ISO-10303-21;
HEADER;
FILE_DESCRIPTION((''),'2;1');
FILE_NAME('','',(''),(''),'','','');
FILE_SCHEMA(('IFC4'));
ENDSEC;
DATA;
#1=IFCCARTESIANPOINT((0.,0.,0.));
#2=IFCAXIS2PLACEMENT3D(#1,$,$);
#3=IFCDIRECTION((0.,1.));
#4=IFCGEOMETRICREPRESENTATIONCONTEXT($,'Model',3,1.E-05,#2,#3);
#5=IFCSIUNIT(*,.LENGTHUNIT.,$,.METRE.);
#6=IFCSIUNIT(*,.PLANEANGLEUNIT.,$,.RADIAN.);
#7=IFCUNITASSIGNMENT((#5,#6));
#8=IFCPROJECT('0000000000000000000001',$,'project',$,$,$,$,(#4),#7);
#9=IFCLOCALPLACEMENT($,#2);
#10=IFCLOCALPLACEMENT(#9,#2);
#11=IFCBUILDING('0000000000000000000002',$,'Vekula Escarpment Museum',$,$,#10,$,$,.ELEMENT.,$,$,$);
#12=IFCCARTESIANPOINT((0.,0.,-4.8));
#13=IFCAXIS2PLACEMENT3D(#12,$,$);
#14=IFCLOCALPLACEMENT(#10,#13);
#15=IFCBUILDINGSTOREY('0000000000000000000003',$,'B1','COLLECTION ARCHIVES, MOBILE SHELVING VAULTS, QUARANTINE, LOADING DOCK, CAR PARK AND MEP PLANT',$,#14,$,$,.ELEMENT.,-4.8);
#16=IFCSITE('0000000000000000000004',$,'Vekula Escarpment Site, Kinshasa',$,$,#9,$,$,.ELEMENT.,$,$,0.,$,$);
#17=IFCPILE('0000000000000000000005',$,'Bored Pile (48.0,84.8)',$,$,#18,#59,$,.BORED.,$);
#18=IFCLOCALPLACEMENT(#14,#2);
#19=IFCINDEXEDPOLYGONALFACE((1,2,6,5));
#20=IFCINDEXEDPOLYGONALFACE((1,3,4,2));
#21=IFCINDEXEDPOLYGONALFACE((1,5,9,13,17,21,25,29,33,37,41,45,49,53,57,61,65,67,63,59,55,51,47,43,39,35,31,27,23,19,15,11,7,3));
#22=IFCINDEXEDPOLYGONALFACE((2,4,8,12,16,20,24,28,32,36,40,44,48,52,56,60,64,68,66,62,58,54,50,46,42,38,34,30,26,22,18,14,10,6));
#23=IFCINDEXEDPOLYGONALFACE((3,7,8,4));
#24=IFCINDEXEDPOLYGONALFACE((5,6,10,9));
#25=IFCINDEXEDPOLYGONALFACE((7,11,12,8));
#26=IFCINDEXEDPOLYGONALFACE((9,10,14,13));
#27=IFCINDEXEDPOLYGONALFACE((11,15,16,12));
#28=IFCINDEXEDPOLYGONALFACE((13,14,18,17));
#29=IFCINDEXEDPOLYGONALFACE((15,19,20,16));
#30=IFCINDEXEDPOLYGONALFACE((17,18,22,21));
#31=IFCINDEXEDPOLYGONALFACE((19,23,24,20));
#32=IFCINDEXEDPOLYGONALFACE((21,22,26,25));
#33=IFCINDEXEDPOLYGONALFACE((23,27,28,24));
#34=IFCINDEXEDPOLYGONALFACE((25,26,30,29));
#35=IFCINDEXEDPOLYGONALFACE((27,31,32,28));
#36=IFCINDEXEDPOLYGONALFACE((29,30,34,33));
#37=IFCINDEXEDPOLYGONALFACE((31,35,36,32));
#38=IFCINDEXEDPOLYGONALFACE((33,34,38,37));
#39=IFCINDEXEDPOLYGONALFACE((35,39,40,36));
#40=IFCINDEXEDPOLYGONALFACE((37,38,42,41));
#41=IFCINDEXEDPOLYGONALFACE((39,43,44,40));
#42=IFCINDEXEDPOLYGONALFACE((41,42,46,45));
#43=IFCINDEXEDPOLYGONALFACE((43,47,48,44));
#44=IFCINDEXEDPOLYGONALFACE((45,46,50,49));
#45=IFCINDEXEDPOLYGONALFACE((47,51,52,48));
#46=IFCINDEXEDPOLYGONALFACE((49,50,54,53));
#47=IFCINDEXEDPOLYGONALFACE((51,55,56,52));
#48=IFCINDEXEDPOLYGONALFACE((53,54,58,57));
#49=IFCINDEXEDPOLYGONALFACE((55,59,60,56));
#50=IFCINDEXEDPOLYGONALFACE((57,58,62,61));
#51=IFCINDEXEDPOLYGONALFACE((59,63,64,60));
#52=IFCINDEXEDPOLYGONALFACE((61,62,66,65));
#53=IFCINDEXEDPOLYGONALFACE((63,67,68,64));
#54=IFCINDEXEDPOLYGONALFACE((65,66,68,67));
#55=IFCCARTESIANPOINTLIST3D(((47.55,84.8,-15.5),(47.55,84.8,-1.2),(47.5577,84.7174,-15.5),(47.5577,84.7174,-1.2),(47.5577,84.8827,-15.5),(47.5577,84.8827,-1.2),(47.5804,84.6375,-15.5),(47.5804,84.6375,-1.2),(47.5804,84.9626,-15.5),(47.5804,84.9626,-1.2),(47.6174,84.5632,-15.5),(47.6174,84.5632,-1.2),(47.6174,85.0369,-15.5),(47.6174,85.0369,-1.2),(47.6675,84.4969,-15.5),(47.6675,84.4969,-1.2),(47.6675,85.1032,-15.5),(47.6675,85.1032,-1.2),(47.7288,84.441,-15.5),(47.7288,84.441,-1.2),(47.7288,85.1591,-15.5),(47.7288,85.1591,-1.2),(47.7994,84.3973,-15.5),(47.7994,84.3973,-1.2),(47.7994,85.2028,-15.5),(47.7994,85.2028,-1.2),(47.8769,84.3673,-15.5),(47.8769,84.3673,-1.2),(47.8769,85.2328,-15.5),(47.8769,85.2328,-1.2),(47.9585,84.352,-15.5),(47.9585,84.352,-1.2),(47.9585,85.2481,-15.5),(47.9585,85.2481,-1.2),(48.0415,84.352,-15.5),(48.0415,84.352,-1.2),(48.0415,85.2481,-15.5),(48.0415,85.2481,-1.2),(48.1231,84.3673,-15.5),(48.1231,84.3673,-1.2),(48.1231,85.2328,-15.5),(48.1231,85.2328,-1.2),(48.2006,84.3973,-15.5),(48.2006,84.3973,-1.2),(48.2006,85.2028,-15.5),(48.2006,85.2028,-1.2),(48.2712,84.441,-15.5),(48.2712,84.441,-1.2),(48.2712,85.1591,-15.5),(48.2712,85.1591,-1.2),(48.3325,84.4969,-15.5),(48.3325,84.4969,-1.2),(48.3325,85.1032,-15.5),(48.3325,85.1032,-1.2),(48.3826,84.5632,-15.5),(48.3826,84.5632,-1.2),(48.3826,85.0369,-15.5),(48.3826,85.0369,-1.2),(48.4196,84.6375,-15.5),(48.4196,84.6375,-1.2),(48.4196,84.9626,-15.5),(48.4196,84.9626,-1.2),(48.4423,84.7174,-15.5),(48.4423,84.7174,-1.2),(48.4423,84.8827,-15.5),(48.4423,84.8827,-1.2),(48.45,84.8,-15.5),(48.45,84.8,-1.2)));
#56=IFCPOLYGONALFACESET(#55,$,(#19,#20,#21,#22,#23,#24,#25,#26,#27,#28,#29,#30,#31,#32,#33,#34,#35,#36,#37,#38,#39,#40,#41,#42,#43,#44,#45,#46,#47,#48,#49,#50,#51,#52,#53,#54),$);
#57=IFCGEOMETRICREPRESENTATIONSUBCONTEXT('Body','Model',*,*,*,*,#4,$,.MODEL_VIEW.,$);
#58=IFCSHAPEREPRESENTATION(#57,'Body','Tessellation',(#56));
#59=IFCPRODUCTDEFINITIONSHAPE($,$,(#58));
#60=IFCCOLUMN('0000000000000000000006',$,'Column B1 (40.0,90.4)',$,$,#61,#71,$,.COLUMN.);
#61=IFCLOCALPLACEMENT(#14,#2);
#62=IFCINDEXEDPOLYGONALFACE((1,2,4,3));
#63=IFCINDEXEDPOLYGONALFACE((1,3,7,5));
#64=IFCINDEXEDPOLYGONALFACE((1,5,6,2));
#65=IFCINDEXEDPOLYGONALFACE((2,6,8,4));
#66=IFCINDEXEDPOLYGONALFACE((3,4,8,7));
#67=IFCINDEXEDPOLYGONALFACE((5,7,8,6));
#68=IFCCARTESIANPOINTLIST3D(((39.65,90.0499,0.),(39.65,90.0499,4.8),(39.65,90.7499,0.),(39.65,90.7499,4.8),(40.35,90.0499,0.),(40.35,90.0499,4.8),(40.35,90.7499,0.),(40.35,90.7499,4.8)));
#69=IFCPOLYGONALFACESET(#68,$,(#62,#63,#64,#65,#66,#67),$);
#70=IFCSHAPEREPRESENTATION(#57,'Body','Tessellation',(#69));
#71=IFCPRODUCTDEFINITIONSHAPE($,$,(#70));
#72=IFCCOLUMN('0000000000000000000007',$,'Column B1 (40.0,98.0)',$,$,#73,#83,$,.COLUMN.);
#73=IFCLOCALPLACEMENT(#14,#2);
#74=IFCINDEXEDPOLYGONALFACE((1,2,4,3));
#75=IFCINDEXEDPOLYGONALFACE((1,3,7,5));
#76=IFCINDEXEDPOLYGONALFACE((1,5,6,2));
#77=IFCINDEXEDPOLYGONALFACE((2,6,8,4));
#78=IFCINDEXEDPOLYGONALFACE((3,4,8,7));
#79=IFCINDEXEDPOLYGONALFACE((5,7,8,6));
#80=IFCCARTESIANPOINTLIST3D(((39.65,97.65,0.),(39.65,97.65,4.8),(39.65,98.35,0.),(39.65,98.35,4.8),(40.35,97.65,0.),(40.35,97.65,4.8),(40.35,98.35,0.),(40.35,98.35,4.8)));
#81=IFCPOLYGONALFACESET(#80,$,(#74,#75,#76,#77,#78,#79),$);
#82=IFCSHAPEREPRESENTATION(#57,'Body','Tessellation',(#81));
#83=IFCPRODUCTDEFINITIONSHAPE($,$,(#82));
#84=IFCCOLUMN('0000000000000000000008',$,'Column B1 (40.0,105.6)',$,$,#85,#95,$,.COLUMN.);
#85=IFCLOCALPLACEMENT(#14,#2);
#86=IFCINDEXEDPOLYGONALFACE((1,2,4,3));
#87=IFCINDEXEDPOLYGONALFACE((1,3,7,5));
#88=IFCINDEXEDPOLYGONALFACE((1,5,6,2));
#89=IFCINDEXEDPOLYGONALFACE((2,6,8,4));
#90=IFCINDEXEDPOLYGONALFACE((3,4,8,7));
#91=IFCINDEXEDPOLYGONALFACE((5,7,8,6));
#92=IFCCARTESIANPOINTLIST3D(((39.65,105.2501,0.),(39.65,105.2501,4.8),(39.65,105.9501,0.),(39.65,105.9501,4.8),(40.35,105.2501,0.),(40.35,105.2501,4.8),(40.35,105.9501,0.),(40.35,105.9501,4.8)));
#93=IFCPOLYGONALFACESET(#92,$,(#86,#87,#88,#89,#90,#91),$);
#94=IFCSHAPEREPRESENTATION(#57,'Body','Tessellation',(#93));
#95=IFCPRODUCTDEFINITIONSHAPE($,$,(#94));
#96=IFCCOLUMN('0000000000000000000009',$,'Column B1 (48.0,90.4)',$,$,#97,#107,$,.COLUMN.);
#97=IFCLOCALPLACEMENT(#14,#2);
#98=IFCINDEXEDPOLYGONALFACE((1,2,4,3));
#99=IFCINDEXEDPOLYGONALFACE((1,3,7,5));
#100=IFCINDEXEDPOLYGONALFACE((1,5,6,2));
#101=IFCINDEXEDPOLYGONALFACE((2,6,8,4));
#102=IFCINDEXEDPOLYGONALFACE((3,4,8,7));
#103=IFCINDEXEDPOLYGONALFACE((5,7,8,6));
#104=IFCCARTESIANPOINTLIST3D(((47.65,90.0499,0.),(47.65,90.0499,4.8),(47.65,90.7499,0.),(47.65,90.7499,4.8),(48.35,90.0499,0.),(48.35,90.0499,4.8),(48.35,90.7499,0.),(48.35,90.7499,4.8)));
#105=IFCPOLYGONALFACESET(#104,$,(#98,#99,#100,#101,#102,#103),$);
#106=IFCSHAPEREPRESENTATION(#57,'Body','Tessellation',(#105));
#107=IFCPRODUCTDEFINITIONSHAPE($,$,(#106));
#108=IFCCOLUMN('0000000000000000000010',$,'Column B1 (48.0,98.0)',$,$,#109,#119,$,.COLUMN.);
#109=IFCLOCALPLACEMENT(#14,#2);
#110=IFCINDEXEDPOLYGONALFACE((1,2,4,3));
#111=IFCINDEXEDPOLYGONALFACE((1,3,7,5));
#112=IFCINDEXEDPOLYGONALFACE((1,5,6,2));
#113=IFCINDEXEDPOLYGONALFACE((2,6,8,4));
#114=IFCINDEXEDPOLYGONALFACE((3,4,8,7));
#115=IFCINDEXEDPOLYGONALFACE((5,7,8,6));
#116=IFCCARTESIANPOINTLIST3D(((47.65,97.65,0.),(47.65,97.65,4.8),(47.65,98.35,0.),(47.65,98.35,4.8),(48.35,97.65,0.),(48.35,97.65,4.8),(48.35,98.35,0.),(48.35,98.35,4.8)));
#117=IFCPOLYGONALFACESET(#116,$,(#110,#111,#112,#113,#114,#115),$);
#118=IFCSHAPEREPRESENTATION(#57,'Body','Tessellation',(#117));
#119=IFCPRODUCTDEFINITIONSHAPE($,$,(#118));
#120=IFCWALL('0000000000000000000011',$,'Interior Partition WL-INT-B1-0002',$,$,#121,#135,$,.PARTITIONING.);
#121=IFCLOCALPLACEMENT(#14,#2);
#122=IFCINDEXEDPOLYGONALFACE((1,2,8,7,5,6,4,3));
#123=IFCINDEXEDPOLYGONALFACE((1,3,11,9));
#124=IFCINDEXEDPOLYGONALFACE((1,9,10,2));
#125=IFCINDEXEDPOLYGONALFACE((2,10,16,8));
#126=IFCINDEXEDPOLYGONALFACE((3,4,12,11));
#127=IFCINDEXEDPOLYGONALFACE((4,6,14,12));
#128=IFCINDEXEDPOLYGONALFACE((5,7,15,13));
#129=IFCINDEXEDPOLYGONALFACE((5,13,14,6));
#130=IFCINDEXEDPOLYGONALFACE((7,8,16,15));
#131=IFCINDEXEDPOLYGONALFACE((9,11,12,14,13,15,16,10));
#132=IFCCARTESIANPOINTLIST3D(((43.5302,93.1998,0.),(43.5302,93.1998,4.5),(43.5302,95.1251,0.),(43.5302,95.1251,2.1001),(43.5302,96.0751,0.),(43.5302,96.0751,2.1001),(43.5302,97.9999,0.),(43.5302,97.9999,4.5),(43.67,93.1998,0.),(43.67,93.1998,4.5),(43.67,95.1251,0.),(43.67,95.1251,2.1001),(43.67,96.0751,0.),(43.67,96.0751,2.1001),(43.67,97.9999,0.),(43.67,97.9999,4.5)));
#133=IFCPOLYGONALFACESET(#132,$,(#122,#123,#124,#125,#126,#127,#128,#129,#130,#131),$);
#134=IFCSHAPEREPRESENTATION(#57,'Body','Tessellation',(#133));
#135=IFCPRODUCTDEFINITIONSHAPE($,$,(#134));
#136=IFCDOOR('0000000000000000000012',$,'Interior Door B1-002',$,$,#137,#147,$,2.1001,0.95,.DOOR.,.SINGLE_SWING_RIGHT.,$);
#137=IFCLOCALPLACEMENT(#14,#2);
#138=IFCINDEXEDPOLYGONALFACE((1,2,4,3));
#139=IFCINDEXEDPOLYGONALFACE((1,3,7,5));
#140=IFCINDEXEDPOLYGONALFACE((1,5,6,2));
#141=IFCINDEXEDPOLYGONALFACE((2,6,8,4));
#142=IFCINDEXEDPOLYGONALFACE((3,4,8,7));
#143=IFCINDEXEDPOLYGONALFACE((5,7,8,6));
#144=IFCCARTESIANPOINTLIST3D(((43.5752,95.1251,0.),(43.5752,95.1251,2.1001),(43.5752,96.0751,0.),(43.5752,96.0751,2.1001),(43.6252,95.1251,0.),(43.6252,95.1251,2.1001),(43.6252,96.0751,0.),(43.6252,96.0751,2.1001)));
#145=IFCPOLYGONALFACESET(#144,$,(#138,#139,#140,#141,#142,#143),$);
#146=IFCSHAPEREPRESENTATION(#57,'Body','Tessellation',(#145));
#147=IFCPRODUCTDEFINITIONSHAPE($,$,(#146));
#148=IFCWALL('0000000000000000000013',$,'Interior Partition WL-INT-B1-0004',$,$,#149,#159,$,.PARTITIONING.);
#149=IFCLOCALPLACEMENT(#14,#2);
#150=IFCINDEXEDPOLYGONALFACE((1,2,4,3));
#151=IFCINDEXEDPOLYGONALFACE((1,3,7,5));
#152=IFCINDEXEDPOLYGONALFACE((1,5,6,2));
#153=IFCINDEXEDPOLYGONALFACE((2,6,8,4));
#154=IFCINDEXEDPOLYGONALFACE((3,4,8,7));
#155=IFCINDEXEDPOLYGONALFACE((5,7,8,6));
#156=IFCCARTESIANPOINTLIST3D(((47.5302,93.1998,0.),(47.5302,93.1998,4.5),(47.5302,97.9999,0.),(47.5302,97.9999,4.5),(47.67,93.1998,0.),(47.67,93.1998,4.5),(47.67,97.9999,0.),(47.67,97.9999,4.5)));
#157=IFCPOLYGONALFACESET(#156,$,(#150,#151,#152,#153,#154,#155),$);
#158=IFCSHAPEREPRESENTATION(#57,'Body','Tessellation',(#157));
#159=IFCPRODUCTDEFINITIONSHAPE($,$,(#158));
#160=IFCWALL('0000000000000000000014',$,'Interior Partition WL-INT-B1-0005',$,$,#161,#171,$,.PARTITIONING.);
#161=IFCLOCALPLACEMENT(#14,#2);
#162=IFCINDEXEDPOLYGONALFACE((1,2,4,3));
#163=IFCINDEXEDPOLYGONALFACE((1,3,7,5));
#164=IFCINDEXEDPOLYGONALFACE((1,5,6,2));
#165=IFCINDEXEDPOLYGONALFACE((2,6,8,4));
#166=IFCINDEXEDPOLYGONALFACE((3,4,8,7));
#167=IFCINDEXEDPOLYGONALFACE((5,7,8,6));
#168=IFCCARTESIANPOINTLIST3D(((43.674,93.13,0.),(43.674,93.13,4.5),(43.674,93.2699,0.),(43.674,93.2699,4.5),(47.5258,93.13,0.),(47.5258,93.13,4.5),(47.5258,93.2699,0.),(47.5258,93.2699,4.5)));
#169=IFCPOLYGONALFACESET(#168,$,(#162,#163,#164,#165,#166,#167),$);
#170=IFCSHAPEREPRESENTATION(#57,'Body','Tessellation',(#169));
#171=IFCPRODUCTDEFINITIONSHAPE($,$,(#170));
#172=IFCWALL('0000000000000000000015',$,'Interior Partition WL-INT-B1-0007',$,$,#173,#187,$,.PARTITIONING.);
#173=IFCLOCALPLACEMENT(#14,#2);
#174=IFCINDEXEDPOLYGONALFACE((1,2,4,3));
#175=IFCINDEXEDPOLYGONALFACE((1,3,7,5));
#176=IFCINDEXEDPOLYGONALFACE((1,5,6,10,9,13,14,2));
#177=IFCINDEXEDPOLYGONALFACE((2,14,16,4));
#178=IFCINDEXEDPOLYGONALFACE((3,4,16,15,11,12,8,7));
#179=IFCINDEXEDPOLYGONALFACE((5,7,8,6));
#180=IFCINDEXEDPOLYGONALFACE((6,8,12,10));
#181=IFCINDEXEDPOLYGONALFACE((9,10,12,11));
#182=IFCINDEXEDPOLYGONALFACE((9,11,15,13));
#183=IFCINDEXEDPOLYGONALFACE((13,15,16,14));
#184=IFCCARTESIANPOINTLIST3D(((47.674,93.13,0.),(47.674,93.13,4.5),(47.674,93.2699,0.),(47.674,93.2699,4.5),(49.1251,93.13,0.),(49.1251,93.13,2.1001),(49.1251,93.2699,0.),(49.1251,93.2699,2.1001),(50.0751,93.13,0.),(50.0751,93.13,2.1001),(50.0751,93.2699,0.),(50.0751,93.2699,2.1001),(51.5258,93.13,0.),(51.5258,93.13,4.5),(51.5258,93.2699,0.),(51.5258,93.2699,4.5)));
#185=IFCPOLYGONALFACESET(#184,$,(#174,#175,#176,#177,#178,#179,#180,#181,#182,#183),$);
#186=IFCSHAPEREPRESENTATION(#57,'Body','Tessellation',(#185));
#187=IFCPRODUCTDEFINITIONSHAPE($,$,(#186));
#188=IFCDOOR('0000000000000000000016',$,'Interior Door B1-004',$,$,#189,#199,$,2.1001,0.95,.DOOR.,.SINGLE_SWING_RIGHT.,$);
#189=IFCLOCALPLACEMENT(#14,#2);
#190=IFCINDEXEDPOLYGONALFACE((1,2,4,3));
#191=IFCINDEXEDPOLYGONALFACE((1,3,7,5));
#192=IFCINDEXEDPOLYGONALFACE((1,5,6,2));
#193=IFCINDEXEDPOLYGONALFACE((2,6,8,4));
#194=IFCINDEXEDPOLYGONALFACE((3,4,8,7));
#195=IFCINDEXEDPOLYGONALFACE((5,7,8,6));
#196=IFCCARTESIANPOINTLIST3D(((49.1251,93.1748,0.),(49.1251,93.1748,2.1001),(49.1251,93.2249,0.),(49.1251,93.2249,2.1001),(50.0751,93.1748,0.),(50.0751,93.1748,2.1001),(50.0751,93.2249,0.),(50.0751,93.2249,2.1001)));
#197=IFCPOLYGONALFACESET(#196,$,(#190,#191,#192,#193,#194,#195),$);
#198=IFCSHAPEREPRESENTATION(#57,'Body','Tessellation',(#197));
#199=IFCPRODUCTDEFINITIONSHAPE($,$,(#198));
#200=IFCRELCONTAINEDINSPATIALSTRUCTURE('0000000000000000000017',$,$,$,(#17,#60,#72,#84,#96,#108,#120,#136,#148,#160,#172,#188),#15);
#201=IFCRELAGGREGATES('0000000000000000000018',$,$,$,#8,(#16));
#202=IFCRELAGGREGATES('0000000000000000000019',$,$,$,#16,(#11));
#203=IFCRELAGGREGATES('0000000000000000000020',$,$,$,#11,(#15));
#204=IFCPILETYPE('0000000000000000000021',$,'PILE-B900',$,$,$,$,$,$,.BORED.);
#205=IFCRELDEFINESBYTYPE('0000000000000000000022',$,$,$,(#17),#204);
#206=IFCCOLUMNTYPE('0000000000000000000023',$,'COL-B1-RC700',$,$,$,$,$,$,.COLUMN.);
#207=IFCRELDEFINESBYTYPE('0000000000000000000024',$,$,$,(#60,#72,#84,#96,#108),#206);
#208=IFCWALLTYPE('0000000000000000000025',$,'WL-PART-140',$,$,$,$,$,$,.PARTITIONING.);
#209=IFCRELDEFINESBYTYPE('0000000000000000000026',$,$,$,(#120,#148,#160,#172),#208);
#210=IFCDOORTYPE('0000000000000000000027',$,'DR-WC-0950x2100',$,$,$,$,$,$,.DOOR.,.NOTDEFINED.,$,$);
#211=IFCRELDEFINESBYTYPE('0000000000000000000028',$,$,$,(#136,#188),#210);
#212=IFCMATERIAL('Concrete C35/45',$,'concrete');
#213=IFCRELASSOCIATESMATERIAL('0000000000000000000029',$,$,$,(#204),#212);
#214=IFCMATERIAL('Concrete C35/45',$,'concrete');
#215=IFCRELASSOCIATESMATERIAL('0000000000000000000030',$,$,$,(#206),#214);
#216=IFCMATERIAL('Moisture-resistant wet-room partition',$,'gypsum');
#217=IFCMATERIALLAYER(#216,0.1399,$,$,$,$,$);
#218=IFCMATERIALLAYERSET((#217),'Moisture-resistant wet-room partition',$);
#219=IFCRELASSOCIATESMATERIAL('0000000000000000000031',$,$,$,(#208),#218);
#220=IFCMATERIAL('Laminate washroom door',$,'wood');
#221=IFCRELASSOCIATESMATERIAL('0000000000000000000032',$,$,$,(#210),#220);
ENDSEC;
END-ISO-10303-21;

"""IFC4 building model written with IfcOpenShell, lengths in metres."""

from ifc_helpers import new_model, si_unit, direction, frame, frame_2d, origin, origin_2d, place, context, subcontext, project, spatial, rectangle, circle, extrude, material, layer, layer_set, material_profile, profile_set, type_object, element, fill, save


model = new_model("IFC4")

# Units and contexts
model_context = context("Model", 3, precision=1e-05, world=origin(), true_north=direction((0.0, 1.0)))
body_context = subcontext(model_context, "Body", "Model", "MODEL_VIEW")
ifc_project = project(units=[si_unit("LENGTHUNIT", "METRE"), si_unit("PLANEANGLEUNIT", "RADIAN")], contexts=[model_context])

# Site, building, storey
site_placement = place(None, origin())
site = spatial("IfcSite", under=ifc_project, at=site_placement, Name="Vekula Escarpment Site, Kinshasa", CompositionType="ELEMENT", RefElevation=0.0)
building_placement = place(site_placement, origin())
building = spatial("IfcBuilding", under=site, at=building_placement, Name="Vekula Escarpment Museum", CompositionType="ELEMENT")
storey_placement = place(building_placement, frame((0.0, 0.0, -4.8)))
storey = spatial("IfcBuildingStorey", under=building, at=storey_placement, Name="B1", Description="COLLECTION ARCHIVES, MOBILE SHELVING VAULTS, QUARANTINE, LOADING DOCK, CAR PARK AND MEP PLANT", CompositionType="ELEMENT", Elevation=-4.8)

# Pile
ifc_material_1 = material(Name="Concrete C35/45", Category="concrete")
ifc_material_profile_1 = material_profile(ifc_material_1, circle(Radius=0.45, at=origin_2d()), Name="BORED PILE 900")
ifc_profile_set_1 = profile_set([ifc_material_profile_1], Name="Concrete C35/45")
pile_type = type_object("IfcPileType", Name="PILE-B900", PredefinedType="BORED", material=ifc_profile_set_1)
pile_1_placement = place(storey_placement, frame((48.0, 84.8, -1.2), z_axis=(0.0, 0.0, -1.0), x_axis=(1.0, 0.0, 0.0)))
element("IfcPile", 1, at=pile_1_placement, inside=storey, type_object=pile_type, Name="Bored Pile (48.0,84.8)", PredefinedType="BORED", context=body_context, shape_type="SweptSolid", body=[
    extrude(circle(Radius=0.45, at=origin_2d()), origin(), (0.0, 0.0, 1.0), 14.3),
])

# Columns
ifc_material_2 = material(Name="Concrete C35/45", Category="concrete")
ifc_material_profile_2 = material_profile(ifc_material_2, rectangle(XDim=0.7, YDim=0.7, at=origin_2d()), Name="RC 700x700")
ifc_profile_set_2 = profile_set([ifc_material_profile_2], Name="Concrete C35/45")
column_type = type_object("IfcColumnType", Name="COL-B1-RC700", PredefinedType="COLUMN", material=ifc_profile_set_2)
for number, where, z_axis, x_axis, name in (
    (2, (40.0, 90.3999, 0.0), (0.0, 0.0, 1.0), (1.0, 0.0, 0.0), "Column B1 (40.0,90.4)"),
    (3, (40.0, 98.0, 0.0), (0.0, 0.0, 1.0), (1.0, 0.0, 0.0), "Column B1 (40.0,98.0)"),
    (4, (40.0, 105.6001, 0.0), (0.0, 0.0, 1.0), (1.0, 0.0, 0.0), "Column B1 (40.0,105.6)"),
    (5, (48.0, 90.3999, 0.0), (0.0, 0.0, 1.0), (1.0, 0.0, 0.0), "Column B1 (48.0,90.4)"),
    (6, (48.0, 98.0, 0.0), (0.0, 0.0, 1.0), (1.0, 0.0, 0.0), "Column B1 (48.0,98.0)"),
):
    element("IfcColumn", number, at=place(storey_placement, frame(where, z_axis=z_axis, x_axis=x_axis)), inside=storey, type_object=column_type, Name=name, PredefinedType="COLUMN", context=body_context, shape_type="SweptSolid", body=[
        extrude(rectangle(XDim=0.7, YDim=0.7, at=origin_2d()), origin(), (0.0, 0.0, 1.0), 4.8),
    ])

# Wall, opening, door
ifc_material_3 = material(Name="Moisture-resistant wet-room partition", Category="gypsum")
ifc_layer_1 = layer(ifc_material_3, 0.1399)
ifc_layer_set_1 = layer_set([ifc_layer_1], Name="Moisture-resistant wet-room partition")
wall_type_1 = type_object("IfcWallType", Name="WL-PART-140", PredefinedType="PARTITIONING", material=ifc_layer_set_1)
wall_1_placement = place(storey_placement, frame((43.6001, 93.2, 0.0), z_axis=(0.0, 0.0, 1.0), x_axis=(0.0, 1.0, 0.0)))
wall_1 = element("IfcWall", 7, at=wall_1_placement, inside=storey, type_object=wall_type_1, Name="Interior Partition WL-INT-B1-0002", PredefinedType="PARTITIONING", context=body_context, shape_type="SweptSolid", body=[
    extrude(rectangle(XDim=4.8, YDim=0.1399, at=frame_2d((2.3999, 0.0))), origin(), (0.0, 0.0, 1.0), 4.5),
])
opening_1_placement = place(wall_1_placement, frame((1.925, 0.0, 0.0)))
opening_1 = element("IfcOpeningElement", 8, at=opening_1_placement, cuts=wall_1, PredefinedType="OPENING", context=body_context, shape_type="SweptSolid", body=[
    extrude(rectangle(XDim=0.95, YDim=2.1001, at=frame_2d((0.4751, 1.05))), frame((0.0, 0.0798, 0.0), z_axis=(0.0, -1.0, 0.0), x_axis=(1.0, 0.0, 0.0)), (0.0, 0.0, 1.0), 0.1599),
])
ifc_material_4 = material(Name="Laminate washroom door", Category="wood")
door_type = type_object("IfcDoorType", Name="DR-WC-0950x2100", OperationType="NOTDEFINED", PredefinedType="DOOR", material=ifc_material_4)
door_1_placement = place(opening_1_placement, origin())
door_1 = element("IfcDoor", 9, at=door_1_placement, inside=storey, type_object=door_type, Name="Interior Door B1-002", OperationType="SINGLE_SWING_RIGHT", OverallHeight=2.1001, OverallWidth=0.95, PredefinedType="DOOR", context=body_context, shape_type="SweptSolid", body=[
    extrude(rectangle(XDim=0.95, YDim=2.1001, at=frame_2d((0.4751, 1.05))), frame((0.0, 0.0249, 0.0), z_axis=(0.0, -1.0, 0.0), x_axis=(1.0, 0.0, 0.0)), (0.0, 0.0, 1.0), 0.05),
])
fill(opening_1, door_1)

# Walls
wall_2_placement = place(storey_placement, frame((47.6001, 93.2, 0.0), z_axis=(0.0, 0.0, 1.0), x_axis=(0.0, 1.0, 0.0)))
element("IfcWall", 10, at=wall_2_placement, inside=storey, type_object=wall_type_1, Name="Interior Partition WL-INT-B1-0004", PredefinedType="PARTITIONING", context=body_context, shape_type="SweptSolid", body=[
    extrude(rectangle(XDim=4.8, YDim=0.1399, at=frame_2d((2.3999, 0.0))), origin(), (0.0, 0.0, 1.0), 4.5),
])
wall_3_placement = place(storey_placement, frame((43.6741, 93.2, 0.0), z_axis=(0.0, 0.0, 1.0), x_axis=(1.0, 0.0, 0.0)))
element("IfcWall", 11, at=wall_3_placement, inside=storey, type_object=wall_type_1, Name="Interior Partition WL-INT-B1-0005", PredefinedType="PARTITIONING", context=body_context, shape_type="SweptSolid", body=[
    extrude(rectangle(XDim=3.8518, YDim=0.1399, at=frame_2d((1.9258, 0.0))), origin(), (0.0, 0.0, 1.0), 4.5),
])

# Wall, opening, door
wall_4_placement = place(storey_placement, frame((47.6741, 93.2, 0.0), z_axis=(0.0, 0.0, 1.0), x_axis=(1.0, 0.0, 0.0)))
wall_4 = element("IfcWall", 12, at=wall_4_placement, inside=storey, type_object=wall_type_1, Name="Interior Partition WL-INT-B1-0007", PredefinedType="PARTITIONING", context=body_context, shape_type="SweptSolid", body=[
    extrude(rectangle(XDim=3.8518, YDim=0.1399, at=frame_2d((1.9258, 0.0))), origin(), (0.0, 0.0, 1.0), 4.5),
])
opening_2_placement = place(wall_4_placement, frame((1.4509, 0.0, 0.0)))
opening_2 = element("IfcOpeningElement", 13, at=opening_2_placement, cuts=wall_4, PredefinedType="OPENING", context=body_context, shape_type="SweptSolid", body=[
    extrude(rectangle(XDim=0.95, YDim=2.1001, at=frame_2d((0.4751, 1.05))), frame((0.0, 0.0798, 0.0), z_axis=(0.0, -1.0, 0.0), x_axis=(1.0, 0.0, 0.0)), (0.0, 0.0, 1.0), 0.1599),
])
door_2_placement = place(opening_2_placement, origin())
door_2 = element("IfcDoor", 14, at=door_2_placement, inside=storey, type_object=door_type, Name="Interior Door B1-004", OperationType="SINGLE_SWING_RIGHT", OverallHeight=2.1001, OverallWidth=0.95, PredefinedType="DOOR", context=body_context, shape_type="SweptSolid", body=[
    extrude(rectangle(XDim=0.95, YDim=2.1001, at=frame_2d((0.4751, 1.05))), frame((0.0, 0.0249, 0.0), z_axis=(0.0, -1.0, 0.0), x_axis=(1.0, 0.0, 0.0)), (0.0, 0.0, 1.0), 0.05),
])
fill(opening_2, door_2)

save(model, "model.ifc")
